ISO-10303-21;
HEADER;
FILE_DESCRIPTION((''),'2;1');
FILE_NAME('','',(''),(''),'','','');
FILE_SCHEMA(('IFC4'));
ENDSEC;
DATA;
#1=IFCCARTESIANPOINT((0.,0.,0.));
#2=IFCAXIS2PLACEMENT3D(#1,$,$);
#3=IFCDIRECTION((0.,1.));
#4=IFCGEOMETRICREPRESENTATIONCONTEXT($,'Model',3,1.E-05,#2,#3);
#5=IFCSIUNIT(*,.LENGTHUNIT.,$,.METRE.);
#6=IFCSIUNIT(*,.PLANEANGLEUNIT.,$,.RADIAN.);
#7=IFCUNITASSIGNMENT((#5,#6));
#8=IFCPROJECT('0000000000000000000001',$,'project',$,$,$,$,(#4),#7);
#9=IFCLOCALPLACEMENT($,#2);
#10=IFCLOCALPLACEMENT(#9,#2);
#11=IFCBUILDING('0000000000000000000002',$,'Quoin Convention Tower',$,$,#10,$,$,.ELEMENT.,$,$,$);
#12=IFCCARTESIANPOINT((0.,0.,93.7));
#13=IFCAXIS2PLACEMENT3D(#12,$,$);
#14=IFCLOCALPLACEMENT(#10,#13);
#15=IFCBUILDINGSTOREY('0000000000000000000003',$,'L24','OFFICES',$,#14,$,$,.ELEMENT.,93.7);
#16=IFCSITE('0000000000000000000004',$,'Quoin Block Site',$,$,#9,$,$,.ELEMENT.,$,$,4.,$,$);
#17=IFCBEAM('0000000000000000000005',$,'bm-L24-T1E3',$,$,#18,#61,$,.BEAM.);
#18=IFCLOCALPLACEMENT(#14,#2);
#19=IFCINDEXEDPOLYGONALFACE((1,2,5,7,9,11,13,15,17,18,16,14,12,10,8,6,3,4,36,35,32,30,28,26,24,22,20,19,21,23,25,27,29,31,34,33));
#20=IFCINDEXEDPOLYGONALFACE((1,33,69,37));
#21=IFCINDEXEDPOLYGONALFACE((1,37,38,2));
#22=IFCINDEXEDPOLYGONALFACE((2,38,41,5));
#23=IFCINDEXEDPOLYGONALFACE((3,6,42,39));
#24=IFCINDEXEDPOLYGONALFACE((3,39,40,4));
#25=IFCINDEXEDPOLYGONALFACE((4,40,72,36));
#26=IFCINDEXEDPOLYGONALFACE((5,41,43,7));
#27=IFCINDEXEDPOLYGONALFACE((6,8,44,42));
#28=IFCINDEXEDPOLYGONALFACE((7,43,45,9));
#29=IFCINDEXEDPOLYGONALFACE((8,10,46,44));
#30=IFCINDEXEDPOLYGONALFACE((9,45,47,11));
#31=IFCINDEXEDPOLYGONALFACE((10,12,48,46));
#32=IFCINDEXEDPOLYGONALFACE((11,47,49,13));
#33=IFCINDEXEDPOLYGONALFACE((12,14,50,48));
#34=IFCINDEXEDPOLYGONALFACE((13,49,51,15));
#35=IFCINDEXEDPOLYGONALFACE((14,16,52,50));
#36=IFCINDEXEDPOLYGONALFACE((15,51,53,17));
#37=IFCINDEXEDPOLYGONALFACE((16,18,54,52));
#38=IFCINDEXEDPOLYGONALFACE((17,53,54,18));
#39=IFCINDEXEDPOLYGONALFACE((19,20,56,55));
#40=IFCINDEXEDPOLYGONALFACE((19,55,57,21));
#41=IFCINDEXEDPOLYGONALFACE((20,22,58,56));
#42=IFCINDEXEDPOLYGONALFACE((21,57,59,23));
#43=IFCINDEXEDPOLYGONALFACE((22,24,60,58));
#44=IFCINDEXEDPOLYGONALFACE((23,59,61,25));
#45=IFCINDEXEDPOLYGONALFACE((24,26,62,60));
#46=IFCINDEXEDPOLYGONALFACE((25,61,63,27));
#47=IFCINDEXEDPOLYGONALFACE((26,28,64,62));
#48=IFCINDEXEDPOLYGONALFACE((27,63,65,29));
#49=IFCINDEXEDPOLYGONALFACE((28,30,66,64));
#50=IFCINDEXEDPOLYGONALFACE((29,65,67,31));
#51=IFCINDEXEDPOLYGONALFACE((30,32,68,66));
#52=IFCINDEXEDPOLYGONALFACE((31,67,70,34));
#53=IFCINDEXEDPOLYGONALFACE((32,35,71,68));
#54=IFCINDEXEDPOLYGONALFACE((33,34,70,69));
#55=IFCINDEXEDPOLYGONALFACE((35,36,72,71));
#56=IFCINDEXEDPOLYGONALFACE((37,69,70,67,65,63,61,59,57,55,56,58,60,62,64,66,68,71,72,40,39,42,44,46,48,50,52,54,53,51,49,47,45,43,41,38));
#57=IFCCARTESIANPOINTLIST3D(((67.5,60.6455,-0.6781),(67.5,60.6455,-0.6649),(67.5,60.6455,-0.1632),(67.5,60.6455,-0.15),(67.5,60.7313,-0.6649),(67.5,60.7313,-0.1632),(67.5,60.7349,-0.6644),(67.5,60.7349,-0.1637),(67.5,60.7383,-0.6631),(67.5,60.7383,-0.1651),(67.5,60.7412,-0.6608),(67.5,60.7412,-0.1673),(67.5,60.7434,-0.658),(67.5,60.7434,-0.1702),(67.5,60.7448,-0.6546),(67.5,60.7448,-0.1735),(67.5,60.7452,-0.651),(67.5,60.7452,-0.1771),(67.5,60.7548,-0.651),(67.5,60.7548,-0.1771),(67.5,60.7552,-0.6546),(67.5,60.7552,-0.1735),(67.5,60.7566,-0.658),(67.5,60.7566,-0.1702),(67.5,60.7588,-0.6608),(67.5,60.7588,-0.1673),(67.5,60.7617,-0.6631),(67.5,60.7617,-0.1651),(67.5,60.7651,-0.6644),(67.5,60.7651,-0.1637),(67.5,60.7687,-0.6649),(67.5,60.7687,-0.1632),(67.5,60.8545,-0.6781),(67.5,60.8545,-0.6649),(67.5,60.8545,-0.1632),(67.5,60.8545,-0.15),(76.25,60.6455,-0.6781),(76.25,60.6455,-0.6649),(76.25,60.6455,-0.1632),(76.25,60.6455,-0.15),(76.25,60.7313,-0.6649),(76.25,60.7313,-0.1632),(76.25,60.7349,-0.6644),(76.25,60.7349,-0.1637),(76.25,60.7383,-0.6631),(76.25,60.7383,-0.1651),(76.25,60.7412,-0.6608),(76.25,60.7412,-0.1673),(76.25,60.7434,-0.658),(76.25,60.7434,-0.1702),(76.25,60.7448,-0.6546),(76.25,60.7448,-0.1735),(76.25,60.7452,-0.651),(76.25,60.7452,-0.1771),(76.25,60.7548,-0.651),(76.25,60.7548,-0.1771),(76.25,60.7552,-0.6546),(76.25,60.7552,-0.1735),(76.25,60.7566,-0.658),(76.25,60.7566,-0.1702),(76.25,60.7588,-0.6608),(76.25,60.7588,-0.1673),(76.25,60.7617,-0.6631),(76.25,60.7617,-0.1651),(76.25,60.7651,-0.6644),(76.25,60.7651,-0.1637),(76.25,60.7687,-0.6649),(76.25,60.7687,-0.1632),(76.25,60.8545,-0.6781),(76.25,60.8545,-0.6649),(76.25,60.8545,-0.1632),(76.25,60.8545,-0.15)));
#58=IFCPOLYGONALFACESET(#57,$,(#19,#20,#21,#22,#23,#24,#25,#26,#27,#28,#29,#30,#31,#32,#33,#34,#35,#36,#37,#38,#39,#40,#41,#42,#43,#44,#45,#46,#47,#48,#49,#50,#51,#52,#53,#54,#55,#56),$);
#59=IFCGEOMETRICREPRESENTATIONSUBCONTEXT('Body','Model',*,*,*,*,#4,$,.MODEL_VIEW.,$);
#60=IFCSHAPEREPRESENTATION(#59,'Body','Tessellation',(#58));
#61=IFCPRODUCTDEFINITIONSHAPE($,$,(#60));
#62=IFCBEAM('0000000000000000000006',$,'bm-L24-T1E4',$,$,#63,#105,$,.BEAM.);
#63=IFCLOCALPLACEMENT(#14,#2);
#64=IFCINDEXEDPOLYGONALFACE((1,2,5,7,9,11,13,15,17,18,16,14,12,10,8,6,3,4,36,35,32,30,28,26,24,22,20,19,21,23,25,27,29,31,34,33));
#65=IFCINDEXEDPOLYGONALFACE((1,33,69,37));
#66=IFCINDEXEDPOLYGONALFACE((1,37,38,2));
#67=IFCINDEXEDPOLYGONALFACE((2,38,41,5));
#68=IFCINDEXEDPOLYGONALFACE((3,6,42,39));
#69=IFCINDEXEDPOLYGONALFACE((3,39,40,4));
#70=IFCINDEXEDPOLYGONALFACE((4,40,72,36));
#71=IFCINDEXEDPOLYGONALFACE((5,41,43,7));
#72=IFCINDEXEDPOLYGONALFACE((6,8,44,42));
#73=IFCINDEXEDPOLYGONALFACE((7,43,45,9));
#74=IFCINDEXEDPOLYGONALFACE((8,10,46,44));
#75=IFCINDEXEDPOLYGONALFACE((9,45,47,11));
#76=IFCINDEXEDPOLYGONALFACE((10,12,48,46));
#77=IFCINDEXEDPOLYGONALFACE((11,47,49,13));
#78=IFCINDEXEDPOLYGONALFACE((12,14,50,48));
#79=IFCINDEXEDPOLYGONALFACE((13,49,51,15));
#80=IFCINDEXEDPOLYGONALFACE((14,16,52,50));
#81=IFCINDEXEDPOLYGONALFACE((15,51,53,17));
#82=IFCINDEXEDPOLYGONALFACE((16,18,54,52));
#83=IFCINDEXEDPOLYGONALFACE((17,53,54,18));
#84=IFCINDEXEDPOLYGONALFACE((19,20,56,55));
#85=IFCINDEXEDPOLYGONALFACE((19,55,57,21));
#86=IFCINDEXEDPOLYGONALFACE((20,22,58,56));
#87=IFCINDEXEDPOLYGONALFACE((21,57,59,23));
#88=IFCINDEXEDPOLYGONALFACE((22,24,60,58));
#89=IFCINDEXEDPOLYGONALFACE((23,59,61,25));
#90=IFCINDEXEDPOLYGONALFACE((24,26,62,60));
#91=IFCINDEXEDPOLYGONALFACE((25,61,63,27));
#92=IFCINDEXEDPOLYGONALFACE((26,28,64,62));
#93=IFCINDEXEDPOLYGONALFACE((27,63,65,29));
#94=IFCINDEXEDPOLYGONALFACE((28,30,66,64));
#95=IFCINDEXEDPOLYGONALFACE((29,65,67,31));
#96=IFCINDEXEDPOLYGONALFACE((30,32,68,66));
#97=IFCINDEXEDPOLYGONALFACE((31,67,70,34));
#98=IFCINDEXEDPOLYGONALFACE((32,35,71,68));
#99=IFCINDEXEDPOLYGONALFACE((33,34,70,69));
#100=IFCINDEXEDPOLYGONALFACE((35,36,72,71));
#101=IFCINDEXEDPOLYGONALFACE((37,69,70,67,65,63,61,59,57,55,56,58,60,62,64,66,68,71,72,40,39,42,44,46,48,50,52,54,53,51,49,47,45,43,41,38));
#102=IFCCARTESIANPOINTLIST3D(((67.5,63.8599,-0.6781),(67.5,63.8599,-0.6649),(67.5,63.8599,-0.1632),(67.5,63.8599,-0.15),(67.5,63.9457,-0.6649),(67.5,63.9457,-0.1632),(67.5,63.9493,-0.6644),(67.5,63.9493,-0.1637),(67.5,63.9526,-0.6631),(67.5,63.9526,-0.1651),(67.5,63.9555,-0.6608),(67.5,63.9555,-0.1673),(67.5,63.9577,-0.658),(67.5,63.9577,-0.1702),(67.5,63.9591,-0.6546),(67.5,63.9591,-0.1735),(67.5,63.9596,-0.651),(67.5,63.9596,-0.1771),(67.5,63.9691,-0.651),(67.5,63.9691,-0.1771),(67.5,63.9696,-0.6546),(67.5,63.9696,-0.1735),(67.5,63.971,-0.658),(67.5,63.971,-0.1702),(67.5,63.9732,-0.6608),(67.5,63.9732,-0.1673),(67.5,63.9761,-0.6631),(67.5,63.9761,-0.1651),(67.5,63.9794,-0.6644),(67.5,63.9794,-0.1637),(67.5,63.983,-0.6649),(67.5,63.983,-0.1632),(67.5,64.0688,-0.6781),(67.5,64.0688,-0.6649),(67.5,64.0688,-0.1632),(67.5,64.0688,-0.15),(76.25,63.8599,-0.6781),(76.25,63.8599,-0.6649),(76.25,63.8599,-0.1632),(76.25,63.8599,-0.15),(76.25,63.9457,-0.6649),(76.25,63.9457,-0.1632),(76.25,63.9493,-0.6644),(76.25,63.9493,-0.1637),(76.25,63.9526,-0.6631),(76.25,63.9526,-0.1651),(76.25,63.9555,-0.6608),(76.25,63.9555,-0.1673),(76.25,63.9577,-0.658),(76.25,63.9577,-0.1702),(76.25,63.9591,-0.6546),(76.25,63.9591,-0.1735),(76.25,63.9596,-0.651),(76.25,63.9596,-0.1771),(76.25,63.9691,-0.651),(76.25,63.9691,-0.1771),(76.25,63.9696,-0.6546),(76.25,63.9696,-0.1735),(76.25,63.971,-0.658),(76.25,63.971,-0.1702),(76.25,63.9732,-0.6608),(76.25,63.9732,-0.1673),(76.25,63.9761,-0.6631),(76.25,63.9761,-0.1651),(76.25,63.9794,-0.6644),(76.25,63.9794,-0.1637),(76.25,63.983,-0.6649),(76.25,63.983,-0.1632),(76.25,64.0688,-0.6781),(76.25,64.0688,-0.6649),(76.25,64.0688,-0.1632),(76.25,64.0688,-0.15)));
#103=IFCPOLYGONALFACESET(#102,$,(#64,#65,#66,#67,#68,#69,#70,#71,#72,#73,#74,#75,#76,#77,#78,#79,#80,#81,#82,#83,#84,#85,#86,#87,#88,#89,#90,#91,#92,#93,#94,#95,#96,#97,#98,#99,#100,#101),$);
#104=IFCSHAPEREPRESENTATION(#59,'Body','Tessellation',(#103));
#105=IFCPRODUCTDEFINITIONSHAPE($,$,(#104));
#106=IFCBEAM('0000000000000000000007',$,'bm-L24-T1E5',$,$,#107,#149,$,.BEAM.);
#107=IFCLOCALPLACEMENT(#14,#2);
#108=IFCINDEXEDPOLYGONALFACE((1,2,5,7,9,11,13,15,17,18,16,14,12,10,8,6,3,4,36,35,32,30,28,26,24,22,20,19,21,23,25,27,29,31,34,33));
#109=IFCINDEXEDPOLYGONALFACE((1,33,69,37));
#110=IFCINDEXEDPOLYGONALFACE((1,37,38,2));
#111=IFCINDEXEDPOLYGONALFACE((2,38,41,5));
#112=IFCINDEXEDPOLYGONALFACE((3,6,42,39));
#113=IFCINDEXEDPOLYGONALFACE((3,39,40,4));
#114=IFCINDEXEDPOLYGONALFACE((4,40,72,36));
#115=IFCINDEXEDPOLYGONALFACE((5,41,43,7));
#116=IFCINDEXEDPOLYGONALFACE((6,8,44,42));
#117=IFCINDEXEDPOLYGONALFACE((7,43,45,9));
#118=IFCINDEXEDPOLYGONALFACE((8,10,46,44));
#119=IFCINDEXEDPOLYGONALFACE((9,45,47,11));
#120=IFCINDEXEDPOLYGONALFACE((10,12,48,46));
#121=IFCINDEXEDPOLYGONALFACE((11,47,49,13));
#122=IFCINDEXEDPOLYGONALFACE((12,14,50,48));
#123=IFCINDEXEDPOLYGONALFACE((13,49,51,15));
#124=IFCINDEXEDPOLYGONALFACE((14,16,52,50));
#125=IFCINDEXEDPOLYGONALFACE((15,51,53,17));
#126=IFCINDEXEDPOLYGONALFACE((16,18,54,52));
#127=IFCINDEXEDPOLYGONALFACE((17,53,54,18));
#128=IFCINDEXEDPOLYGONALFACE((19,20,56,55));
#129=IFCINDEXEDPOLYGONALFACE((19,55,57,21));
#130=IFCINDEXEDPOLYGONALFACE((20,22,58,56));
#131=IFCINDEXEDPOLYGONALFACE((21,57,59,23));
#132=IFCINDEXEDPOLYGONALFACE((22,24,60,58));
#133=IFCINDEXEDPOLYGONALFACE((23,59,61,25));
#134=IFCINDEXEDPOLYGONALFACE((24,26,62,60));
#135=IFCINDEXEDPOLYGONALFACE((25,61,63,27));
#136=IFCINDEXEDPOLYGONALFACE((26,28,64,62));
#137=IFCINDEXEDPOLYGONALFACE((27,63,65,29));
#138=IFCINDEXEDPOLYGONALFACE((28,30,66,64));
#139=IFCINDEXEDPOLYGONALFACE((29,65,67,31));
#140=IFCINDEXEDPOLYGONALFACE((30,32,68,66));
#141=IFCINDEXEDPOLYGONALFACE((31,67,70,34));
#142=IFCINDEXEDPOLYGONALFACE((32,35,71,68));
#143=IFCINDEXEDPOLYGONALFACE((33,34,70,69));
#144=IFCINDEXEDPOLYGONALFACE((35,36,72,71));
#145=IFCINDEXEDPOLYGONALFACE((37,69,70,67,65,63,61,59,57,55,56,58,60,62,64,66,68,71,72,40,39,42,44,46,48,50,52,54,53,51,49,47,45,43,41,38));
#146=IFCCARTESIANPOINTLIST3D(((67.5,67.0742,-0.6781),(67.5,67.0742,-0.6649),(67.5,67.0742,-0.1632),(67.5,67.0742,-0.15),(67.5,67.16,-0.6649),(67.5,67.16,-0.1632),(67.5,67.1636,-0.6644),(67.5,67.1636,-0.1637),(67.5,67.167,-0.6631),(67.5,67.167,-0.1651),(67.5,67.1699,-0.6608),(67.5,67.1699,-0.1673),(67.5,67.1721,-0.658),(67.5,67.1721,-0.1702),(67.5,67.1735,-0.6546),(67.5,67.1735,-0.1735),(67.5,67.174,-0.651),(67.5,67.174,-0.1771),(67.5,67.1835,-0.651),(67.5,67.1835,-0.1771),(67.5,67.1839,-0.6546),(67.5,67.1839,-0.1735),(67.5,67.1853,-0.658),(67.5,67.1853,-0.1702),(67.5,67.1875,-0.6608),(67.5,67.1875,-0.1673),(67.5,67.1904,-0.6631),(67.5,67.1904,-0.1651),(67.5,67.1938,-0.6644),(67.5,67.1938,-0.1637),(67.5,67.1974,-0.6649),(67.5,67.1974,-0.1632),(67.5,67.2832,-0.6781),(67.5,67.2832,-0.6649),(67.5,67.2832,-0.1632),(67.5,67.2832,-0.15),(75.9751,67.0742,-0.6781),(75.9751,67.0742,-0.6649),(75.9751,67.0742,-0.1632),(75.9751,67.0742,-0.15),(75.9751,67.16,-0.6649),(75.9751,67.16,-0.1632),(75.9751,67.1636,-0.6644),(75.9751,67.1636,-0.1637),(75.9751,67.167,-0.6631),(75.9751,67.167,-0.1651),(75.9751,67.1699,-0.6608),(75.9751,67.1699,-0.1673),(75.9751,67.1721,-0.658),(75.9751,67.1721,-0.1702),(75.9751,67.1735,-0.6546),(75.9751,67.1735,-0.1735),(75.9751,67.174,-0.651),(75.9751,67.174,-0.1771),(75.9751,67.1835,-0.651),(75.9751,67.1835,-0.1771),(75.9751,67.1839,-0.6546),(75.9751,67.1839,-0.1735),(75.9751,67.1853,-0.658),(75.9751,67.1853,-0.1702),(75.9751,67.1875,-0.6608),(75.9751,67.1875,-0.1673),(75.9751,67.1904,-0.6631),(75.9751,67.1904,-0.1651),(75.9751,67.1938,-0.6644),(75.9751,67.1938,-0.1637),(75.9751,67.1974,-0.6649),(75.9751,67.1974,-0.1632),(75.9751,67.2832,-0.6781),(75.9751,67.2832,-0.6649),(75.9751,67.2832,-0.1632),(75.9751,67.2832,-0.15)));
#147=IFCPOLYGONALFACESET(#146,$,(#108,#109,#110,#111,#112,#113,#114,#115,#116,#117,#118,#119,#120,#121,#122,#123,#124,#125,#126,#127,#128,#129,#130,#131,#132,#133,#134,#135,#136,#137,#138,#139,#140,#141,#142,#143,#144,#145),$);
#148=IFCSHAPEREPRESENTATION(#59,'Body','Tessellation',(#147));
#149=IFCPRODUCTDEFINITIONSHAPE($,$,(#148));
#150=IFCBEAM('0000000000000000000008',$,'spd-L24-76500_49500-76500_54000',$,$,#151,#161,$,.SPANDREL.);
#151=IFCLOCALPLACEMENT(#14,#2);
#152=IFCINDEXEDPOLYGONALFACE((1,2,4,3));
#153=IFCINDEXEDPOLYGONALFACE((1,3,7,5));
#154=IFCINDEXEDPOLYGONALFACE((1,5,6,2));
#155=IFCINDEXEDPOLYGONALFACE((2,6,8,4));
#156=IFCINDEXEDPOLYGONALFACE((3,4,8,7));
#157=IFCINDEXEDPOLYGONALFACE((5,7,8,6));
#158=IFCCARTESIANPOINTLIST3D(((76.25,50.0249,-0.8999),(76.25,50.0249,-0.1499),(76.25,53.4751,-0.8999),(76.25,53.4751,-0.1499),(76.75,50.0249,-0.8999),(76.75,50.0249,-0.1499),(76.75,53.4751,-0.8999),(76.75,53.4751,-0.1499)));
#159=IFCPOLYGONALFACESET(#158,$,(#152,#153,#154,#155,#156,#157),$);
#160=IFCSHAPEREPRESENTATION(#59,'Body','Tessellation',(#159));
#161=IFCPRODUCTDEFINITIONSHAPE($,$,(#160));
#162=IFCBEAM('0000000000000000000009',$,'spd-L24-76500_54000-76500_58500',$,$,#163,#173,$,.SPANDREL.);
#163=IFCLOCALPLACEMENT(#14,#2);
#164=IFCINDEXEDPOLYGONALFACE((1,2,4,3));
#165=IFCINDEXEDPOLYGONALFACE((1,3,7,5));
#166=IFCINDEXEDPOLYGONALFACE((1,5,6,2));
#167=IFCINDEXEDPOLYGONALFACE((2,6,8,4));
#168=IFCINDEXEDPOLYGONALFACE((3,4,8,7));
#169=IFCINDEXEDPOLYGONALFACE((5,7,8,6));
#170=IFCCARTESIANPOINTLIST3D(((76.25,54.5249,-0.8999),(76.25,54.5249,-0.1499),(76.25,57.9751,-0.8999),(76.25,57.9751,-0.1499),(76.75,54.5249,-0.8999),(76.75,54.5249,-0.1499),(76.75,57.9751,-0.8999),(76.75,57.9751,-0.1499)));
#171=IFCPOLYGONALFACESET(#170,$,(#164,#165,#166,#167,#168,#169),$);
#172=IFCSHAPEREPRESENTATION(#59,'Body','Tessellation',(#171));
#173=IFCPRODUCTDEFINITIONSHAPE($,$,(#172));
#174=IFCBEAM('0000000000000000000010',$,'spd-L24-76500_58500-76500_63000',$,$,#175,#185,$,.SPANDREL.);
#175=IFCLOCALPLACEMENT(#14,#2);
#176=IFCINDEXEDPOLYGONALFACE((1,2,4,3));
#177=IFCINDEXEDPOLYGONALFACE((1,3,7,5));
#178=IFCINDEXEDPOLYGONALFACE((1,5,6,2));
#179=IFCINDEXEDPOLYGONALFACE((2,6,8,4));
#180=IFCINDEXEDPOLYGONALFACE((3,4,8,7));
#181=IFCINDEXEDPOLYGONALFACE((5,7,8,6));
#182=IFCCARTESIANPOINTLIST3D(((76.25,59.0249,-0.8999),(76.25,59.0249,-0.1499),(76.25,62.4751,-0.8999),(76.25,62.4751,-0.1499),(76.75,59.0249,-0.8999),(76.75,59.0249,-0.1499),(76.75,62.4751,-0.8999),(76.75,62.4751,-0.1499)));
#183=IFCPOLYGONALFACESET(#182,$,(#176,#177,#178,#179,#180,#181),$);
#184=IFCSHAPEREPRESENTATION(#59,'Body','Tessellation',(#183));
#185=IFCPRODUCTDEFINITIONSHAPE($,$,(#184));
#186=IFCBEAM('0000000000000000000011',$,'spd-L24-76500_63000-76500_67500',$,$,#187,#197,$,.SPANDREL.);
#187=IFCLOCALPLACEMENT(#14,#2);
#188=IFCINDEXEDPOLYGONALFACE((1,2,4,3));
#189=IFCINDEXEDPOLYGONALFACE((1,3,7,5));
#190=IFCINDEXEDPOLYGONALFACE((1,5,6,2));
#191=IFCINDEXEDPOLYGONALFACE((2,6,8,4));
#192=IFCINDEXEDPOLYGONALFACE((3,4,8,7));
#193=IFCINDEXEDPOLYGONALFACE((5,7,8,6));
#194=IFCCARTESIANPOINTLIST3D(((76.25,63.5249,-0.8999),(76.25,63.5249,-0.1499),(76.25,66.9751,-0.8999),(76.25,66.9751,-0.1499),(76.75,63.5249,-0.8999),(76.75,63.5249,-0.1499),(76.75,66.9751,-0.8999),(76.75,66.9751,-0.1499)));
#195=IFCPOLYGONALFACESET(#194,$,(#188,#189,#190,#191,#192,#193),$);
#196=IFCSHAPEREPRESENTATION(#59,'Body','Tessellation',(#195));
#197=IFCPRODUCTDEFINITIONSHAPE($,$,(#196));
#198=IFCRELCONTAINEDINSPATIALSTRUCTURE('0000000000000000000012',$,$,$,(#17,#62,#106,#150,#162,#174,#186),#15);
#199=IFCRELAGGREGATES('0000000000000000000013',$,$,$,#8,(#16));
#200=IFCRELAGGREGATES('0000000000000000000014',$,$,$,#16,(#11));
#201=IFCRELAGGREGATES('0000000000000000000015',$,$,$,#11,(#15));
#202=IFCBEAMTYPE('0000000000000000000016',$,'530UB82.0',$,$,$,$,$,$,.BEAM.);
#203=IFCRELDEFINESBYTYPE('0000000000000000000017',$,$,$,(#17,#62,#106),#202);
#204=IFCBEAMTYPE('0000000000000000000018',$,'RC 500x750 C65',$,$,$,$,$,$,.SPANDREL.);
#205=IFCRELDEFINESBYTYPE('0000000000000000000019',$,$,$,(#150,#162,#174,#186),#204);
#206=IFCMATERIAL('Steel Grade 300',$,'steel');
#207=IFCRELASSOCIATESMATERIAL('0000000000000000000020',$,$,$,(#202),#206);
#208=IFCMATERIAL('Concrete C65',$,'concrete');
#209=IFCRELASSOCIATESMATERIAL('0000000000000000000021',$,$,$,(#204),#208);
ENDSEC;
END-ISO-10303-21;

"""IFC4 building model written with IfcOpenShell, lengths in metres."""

from ifc_helpers import new_model, si_unit, direction, frame, origin, origin_2d, place, context, subcontext, project, spatial, rectangle, i_section, extrude, material, material_profile, profile_set, type_object, element, save


model = new_model("IFC4")

# Units and contexts
model_context = context("Model", 3, precision=1e-05, world=origin(), true_north=direction((0.0, 1.0)))
body_context = subcontext(model_context, "Body", "Model", "MODEL_VIEW")
ifc_project = project(units=[si_unit("LENGTHUNIT", "METRE"), si_unit("PLANEANGLEUNIT", "RADIAN")], contexts=[model_context])

# Site, building, storey
site_placement = place(None, origin())
site = spatial("IfcSite", under=ifc_project, at=site_placement, Name="Quoin Block Site", CompositionType="ELEMENT", RefElevation=4.0)
building_placement = place(site_placement, origin())
building = spatial("IfcBuilding", under=site, at=building_placement, Name="Quoin Convention Tower", CompositionType="ELEMENT")
storey_placement = place(building_placement, frame((0.0, 0.0, 93.7)))
storey = spatial("IfcBuildingStorey", under=building, at=storey_placement, Name="L24", Description="OFFICES", CompositionType="ELEMENT", Elevation=93.7)

# Shared definitions
ifc_material_1 = material(Name="Concrete C65", Category="concrete")

# Beams
ifc_material_2 = material(Name="Steel Grade 300", Category="steel")
ifc_material_profile_1 = material_profile(ifc_material_2, i_section(OverallWidth=0.209, OverallDepth=0.5281, WebThickness=0.0095, FlangeThickness=0.0132, FilletRadius=0.0139, at=origin_2d()), Name="530UB82.0")
ifc_profile_set_1 = profile_set([ifc_material_profile_1], Name="Steel Grade 300")
beam_type_1 = type_object("IfcBeamType", Name="530UB82.0", PredefinedType="BEAM", material=ifc_profile_set_1)
for number, where, z_axis, x_axis, name in (
    (1, (67.5, 60.75, -0.4141), (1.0, 0.0, 0.0), (0.0, 1.0, 0.0), "bm-L24-T1E3"),
    (2, (67.5, 63.9644, -0.4141), (1.0, 0.0, 0.0), (0.0, 1.0, 0.0), "bm-L24-T1E4"),
):
    element("IfcBeam", number, at=place(storey_placement, frame(where, z_axis=z_axis, x_axis=x_axis)), inside=storey, type_object=beam_type_1, Name=name, PredefinedType="BEAM", context=body_context, shape_type="SweptSolid", body=[
        extrude(i_section(OverallWidth=0.209, OverallDepth=0.5281, WebThickness=0.0095, FlangeThickness=0.0132, FilletRadius=0.0139, at=origin_2d()), origin(), (0.0, 0.0, 1.0), 8.75),
    ])
beam_1_placement = place(storey_placement, frame((67.5, 67.1787, -0.4141), z_axis=(1.0, 0.0, 0.0), x_axis=(0.0, 1.0, 0.0)))
element("IfcBeam", 3, at=beam_1_placement, inside=storey, type_object=beam_type_1, Name="bm-L24-T1E5", PredefinedType="BEAM", context=body_context, shape_type="SweptSolid", body=[
    extrude(i_section(OverallWidth=0.209, OverallDepth=0.5281, WebThickness=0.0095, FlangeThickness=0.0132, FilletRadius=0.0139, at=origin_2d()), origin(), (0.0, 0.0, 1.0), 8.4751),
])
ifc_material_profile_2 = material_profile(ifc_material_1, rectangle(XDim=0.5, YDim=0.75, at=origin_2d()), Name="RC 500x750")
ifc_profile_set_2 = profile_set([ifc_material_profile_2], Name="Concrete C65")
beam_type_2 = type_object("IfcBeamType", Name="RC 500x750 C65", PredefinedType="SPANDREL", material=ifc_profile_set_2)
for number, where, z_axis, x_axis, name in (
    (4, (76.5, 50.0249, -0.5249), (0.0, 1.0, 0.0), (-1.0, 0.0, 0.0), "spd-L24-76500_49500-76500_54000"),
    (5, (76.5, 54.5249, -0.5249), (0.0, 1.0, 0.0), (-1.0, 0.0, 0.0), "spd-L24-76500_54000-76500_58500"),
    (6, (76.5, 59.0249, -0.5249), (0.0, 1.0, 0.0), (-1.0, 0.0, 0.0), "spd-L24-76500_58500-76500_63000"),
    (7, (76.5, 63.5249, -0.5249), (0.0, 1.0, 0.0), (-1.0, 0.0, 0.0), "spd-L24-76500_63000-76500_67500"),
):
    element("IfcBeam", number, at=place(storey_placement, frame(where, z_axis=z_axis, x_axis=x_axis)), inside=storey, type_object=beam_type_2, Name=name, PredefinedType="SPANDREL", context=body_context, shape_type="SweptSolid", body=[
        extrude(rectangle(XDim=0.5, YDim=0.75, at=origin_2d()), origin(), (0.0, 0.0, 1.0), 3.4502),
    ])

save(model, "model.ifc")
